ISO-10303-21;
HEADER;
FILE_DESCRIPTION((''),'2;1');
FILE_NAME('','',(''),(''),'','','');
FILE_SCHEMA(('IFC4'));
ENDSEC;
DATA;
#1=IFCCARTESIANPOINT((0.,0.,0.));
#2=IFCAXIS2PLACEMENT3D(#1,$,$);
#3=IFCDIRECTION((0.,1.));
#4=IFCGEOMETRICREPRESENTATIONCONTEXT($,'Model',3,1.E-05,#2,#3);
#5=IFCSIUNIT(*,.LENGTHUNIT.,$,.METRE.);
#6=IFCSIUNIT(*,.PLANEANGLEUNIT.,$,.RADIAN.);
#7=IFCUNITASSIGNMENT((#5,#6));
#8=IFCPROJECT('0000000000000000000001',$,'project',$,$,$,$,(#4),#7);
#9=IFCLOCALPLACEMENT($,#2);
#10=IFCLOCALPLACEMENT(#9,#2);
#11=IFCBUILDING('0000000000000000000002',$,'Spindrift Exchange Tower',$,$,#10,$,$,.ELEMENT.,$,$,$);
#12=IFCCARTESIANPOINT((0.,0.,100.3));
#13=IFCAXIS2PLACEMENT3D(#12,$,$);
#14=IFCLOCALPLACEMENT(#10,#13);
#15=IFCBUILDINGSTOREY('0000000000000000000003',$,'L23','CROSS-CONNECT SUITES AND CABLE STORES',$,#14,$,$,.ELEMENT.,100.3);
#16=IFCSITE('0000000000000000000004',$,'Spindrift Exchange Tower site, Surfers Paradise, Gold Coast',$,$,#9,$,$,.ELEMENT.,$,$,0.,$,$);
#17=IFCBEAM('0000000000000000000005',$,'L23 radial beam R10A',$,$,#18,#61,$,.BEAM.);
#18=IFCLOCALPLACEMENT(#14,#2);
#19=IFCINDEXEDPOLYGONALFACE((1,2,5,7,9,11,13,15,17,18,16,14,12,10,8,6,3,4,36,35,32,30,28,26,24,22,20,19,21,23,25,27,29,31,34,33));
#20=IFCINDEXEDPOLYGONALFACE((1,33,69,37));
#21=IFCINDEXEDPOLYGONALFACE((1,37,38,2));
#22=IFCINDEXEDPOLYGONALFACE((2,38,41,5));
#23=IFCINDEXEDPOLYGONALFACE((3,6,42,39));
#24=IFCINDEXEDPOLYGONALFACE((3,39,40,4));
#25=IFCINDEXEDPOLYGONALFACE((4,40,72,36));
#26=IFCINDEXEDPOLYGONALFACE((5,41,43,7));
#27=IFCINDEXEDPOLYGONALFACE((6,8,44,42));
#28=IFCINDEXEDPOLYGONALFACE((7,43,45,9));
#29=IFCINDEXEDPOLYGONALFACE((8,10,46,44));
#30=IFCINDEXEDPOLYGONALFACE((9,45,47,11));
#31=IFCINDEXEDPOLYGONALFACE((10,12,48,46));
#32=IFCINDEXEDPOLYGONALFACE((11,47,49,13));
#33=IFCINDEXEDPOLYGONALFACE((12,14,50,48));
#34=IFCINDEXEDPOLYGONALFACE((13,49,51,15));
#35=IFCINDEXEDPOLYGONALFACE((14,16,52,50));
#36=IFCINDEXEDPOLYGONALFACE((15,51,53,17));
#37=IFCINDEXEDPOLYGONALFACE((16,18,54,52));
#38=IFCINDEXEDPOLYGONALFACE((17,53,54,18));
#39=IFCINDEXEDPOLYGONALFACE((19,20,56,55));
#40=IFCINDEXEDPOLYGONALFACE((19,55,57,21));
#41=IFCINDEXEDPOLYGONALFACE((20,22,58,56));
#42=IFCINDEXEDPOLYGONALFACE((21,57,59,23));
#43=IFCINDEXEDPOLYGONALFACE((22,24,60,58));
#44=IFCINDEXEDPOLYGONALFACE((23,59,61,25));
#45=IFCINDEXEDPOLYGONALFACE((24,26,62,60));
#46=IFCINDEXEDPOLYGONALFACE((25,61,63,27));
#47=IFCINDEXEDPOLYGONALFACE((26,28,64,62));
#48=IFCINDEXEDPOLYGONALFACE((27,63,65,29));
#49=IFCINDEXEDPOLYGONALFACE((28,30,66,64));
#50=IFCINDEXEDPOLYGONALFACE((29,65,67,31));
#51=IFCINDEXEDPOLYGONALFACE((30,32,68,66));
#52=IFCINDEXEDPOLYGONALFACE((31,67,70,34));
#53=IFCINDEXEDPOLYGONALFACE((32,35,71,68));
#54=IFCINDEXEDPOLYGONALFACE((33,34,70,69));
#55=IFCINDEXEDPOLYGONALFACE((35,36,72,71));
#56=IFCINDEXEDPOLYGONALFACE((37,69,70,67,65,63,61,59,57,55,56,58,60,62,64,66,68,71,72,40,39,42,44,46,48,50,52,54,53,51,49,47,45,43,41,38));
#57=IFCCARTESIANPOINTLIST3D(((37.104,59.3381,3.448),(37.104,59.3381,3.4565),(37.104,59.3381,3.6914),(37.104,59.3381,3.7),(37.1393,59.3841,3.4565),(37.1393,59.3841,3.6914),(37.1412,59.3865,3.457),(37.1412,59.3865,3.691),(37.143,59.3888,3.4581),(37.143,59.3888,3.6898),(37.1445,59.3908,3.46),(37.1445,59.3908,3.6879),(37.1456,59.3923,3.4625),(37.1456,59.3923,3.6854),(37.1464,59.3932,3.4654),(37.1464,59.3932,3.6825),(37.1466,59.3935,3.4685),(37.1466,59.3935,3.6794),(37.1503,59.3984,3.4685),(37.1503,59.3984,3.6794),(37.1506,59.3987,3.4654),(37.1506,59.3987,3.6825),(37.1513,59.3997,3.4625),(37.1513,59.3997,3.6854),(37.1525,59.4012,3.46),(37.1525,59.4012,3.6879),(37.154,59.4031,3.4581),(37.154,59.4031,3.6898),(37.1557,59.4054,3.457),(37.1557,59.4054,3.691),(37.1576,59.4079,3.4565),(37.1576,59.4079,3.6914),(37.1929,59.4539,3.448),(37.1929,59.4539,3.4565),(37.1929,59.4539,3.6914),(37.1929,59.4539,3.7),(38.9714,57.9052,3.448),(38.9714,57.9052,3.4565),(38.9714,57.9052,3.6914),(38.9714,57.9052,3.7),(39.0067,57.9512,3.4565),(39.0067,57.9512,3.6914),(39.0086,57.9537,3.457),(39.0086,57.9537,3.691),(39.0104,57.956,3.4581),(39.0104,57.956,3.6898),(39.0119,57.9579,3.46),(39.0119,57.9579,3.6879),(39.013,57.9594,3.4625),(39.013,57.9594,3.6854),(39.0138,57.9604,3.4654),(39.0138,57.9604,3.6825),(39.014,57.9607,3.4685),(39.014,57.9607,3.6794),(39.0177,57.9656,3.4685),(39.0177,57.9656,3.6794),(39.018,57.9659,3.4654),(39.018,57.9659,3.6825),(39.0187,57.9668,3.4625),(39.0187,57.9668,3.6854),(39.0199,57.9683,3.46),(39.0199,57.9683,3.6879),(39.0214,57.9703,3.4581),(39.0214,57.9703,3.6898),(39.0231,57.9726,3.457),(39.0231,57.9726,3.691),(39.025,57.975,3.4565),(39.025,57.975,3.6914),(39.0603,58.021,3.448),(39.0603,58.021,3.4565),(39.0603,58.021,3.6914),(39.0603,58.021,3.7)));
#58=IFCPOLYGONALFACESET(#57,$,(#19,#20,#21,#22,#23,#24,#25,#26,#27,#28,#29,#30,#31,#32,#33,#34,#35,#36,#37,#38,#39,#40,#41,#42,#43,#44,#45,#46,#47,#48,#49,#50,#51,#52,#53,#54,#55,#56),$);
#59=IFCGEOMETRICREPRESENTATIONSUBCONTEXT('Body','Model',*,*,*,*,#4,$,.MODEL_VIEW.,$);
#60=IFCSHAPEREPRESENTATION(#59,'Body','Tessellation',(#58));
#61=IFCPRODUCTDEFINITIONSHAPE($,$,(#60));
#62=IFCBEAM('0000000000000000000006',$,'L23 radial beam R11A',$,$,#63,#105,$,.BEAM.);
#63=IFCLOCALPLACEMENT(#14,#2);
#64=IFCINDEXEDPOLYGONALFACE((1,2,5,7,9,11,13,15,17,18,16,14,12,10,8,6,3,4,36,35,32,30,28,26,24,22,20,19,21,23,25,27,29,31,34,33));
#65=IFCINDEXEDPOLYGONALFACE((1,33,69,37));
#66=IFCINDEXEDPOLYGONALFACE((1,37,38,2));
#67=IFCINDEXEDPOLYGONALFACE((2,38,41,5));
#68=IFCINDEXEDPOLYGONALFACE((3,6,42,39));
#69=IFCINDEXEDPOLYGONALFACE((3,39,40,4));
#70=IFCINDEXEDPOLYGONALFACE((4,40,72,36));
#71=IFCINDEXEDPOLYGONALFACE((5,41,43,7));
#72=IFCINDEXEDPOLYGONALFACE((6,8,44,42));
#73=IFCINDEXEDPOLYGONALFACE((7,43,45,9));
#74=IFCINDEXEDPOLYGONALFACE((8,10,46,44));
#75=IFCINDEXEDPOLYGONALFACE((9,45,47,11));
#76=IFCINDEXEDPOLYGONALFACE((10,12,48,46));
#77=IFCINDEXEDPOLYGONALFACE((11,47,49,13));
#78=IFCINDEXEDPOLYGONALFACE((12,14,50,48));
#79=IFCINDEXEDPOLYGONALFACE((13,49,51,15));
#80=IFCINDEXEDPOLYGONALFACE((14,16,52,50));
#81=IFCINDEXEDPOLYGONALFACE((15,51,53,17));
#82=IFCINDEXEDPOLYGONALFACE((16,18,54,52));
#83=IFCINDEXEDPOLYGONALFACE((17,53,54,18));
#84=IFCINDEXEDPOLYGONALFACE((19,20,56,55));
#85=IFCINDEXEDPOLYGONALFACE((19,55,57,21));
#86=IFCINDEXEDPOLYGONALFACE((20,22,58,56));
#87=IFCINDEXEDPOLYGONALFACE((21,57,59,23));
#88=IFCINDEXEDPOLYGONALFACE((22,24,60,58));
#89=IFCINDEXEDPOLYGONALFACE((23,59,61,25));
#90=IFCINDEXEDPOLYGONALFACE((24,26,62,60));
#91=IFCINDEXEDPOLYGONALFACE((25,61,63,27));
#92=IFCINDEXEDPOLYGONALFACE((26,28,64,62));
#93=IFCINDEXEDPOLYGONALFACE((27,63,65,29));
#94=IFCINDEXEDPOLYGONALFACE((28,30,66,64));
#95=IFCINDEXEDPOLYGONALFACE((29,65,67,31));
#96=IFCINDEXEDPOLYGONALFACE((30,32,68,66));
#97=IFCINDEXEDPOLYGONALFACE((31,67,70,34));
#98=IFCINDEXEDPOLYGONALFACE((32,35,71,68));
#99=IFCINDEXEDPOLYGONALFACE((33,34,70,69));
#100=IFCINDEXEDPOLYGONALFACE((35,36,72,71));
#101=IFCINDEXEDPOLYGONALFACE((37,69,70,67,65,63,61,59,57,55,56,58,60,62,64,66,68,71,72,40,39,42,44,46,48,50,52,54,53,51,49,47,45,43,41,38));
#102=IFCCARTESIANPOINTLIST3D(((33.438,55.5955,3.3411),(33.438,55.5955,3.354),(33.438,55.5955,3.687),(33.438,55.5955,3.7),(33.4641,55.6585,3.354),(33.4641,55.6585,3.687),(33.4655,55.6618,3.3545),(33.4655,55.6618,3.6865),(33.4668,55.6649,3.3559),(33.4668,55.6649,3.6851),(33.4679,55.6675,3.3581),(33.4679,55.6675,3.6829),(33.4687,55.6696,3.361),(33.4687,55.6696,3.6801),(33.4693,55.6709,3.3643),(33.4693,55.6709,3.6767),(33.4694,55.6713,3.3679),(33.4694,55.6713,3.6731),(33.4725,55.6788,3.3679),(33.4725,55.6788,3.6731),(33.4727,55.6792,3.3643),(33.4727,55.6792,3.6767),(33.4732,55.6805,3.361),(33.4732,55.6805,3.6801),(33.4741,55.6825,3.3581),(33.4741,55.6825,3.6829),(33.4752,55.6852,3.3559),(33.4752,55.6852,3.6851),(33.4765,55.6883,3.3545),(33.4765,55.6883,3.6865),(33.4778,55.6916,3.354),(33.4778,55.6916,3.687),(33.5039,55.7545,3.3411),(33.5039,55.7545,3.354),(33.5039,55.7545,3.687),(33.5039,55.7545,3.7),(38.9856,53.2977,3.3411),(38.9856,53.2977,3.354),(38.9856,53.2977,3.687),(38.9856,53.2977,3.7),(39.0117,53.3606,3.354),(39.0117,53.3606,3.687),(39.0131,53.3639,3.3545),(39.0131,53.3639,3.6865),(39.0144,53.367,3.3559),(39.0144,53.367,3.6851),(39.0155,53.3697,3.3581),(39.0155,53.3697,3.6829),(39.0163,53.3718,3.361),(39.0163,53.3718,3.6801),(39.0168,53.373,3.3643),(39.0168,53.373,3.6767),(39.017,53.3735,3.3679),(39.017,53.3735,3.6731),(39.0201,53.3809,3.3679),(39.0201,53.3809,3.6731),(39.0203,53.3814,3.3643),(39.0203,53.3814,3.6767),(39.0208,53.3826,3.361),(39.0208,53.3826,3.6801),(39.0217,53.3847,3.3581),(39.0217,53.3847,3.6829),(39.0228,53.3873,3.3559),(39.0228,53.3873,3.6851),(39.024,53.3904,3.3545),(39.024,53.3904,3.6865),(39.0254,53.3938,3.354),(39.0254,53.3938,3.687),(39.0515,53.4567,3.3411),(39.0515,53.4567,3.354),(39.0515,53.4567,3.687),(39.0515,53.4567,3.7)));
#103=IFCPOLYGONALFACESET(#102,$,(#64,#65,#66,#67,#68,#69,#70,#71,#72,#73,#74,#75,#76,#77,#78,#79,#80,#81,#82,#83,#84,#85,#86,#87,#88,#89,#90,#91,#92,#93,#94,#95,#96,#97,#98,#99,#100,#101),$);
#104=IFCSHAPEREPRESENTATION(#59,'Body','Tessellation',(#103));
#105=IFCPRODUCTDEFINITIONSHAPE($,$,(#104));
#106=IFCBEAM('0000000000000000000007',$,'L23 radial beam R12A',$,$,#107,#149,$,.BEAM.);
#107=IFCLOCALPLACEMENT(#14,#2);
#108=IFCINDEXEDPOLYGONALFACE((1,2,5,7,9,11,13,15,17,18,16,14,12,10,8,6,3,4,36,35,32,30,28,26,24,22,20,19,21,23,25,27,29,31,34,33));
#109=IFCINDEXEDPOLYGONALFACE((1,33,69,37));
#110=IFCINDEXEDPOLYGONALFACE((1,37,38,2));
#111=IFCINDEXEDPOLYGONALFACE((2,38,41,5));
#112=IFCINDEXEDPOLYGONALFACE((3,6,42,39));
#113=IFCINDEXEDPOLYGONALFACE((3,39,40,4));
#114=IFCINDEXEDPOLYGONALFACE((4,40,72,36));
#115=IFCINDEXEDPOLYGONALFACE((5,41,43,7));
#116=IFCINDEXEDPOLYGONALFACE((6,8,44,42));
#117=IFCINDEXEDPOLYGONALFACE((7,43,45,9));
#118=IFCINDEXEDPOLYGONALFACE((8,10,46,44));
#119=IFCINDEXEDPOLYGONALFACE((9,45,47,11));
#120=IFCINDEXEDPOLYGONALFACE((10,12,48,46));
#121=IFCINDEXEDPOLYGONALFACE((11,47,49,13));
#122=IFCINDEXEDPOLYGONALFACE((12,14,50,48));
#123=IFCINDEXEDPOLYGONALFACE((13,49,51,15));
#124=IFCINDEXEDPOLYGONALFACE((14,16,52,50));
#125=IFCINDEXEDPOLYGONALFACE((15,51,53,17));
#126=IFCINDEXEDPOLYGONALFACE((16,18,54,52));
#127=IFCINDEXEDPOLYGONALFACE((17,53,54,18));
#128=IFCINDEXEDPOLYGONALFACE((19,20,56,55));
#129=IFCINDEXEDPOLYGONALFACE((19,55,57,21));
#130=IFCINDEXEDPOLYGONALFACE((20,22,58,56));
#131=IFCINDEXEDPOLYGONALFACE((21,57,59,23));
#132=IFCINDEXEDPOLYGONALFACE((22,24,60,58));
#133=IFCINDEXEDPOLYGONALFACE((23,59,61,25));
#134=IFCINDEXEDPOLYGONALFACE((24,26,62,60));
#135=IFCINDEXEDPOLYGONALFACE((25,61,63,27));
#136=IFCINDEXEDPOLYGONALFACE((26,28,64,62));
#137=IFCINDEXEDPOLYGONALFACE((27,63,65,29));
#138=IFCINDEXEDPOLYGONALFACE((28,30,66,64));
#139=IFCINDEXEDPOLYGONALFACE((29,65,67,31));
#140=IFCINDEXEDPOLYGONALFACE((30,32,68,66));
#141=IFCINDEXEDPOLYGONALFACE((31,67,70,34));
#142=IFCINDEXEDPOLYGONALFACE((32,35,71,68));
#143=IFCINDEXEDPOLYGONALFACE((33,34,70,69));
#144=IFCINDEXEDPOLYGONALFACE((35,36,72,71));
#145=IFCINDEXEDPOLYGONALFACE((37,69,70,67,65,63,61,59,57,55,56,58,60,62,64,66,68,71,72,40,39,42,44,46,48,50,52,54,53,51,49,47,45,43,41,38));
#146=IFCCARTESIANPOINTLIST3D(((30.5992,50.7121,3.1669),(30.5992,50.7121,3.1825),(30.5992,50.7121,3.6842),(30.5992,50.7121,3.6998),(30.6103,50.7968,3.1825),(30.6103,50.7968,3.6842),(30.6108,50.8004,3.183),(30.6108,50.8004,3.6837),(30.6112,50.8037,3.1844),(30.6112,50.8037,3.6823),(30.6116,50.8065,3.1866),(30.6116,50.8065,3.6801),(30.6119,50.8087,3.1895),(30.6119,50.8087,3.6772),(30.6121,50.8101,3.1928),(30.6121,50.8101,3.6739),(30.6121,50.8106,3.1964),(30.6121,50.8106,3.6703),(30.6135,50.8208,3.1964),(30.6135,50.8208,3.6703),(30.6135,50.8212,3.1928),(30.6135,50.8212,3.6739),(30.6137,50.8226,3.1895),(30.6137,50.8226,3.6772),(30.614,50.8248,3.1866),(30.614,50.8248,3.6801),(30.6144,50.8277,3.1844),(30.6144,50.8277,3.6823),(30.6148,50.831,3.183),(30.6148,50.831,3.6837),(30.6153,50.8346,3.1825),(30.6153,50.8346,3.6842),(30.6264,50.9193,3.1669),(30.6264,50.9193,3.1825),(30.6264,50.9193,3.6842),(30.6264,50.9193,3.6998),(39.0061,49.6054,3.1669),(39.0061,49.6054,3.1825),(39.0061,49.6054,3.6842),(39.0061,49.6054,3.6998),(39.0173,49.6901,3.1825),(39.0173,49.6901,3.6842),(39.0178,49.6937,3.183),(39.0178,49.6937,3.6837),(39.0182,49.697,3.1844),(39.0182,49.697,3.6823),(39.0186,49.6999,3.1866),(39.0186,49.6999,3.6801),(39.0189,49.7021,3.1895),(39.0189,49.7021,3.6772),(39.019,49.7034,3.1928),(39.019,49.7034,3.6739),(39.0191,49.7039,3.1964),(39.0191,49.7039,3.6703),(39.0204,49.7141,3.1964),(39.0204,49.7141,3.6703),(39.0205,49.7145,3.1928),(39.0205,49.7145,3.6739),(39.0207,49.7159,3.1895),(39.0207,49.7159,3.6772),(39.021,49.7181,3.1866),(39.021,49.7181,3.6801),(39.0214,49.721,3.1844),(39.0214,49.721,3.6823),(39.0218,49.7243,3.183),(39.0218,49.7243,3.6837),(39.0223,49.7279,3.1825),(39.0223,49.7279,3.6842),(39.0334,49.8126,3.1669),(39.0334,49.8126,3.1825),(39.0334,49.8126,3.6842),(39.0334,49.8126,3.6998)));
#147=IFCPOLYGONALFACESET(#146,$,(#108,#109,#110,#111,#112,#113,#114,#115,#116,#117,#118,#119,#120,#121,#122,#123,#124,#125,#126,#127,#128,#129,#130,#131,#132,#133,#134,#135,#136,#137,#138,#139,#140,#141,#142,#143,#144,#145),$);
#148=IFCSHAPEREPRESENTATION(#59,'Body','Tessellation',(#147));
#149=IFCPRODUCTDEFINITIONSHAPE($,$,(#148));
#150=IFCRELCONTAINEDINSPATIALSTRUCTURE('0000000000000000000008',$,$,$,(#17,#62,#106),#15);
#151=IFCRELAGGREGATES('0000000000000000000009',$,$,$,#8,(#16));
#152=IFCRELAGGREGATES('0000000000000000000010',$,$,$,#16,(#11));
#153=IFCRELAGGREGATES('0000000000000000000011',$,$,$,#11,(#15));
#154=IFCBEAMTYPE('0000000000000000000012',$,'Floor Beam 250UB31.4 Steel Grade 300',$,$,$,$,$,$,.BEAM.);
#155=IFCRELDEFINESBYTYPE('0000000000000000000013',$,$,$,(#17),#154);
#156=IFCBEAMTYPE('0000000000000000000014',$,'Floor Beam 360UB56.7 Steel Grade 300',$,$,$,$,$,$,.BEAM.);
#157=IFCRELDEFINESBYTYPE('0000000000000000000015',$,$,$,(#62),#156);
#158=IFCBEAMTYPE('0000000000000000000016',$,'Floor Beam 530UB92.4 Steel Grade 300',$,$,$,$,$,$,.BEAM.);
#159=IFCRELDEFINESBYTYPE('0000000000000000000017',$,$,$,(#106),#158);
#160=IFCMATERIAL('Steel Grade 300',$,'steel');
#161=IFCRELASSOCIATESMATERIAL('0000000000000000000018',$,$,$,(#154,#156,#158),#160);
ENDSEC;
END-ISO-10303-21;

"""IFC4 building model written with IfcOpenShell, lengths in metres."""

from ifc_helpers import new_model, si_unit, direction, frame, origin, origin_2d, place, context, subcontext, project, spatial, i_section, extrude, source, transform, mapped, material, material_profile, profile_set, type_object, element, save


model = new_model("IFC4")

# Units and contexts
model_context = context("Model", 3, precision=1e-05, world=origin(), true_north=direction((0.0, 1.0)))
body_context = subcontext(model_context, "Body", "Model", "MODEL_VIEW")
ifc_project = project(units=[si_unit("LENGTHUNIT", "METRE"), si_unit("PLANEANGLEUNIT", "RADIAN")], contexts=[model_context])

# Site, building, storey
site_placement = place(None, origin())
site = spatial("IfcSite", under=ifc_project, at=site_placement, Name="Spindrift Exchange Tower site, Surfers Paradise, Gold Coast", CompositionType="ELEMENT", RefElevation=0.0)
building_placement = place(site_placement, origin())
building = spatial("IfcBuilding", under=site, at=building_placement, Name="Spindrift Exchange Tower", CompositionType="ELEMENT")
storey_placement = place(building_placement, frame((0.0, 0.0, 100.3)))
storey = spatial("IfcBuildingStorey", under=building, at=storey_placement, Name="L23", Description="CROSS-CONNECT SUITES AND CABLE STORES", CompositionType="ELEMENT", Elevation=100.3)

# Beams
ifc_material_1 = material(Name="Steel Grade 300", Category="steel")
ifc_material_profile_1 = material_profile(ifc_material_1, i_section(OverallWidth=0.146, OverallDepth=0.252, WebThickness=0.0061, FlangeThickness=0.0085, FilletRadius=0.012, at=origin_2d()), Name="250UB31.4")
ifc_profile_set_1 = profile_set([ifc_material_profile_1], Name="Steel Grade 300")
beam_type_1 = type_object("IfcBeamType", Name="Floor Beam 250UB31.4 Steel Grade 300", PredefinedType="BEAM", material=ifc_profile_set_1)
shared_shape_1 = source(origin(), body_context, "Body", "SweptSolid", [
    extrude(i_section(OverallWidth=0.146, OverallDepth=0.252, WebThickness=0.0061, FlangeThickness=0.0085, FilletRadius=0.012, at=origin_2d()), origin(), (0.0, 0.0, 1.0), 2.3538),
])
beam_1_placement = place(storey_placement, frame((39.0159, 57.9631, 3.574), z_axis=(-0.793368, 0.608743, 0.0), x_axis=(-0.608743, -0.793368, 0.0)))
element("IfcBeam", 1, at=beam_1_placement, inside=storey, type_object=beam_type_1, Name="L23 radial beam R10A", PredefinedType="BEAM", context=body_context, shape_type="MappedRepresentation", body=[
    mapped(shared_shape_1, transform((0.0, 0.0, 0.0), scale=1.0)),
])
ifc_material_profile_2 = material_profile(ifc_material_1, i_section(OverallWidth=0.1721, OverallDepth=0.3589, WebThickness=0.0081, FlangeThickness=0.0129, FilletRadius=0.0139, at=origin_2d()), Name="360UB56.7")
ifc_profile_set_2 = profile_set([ifc_material_profile_2], Name="Steel Grade 300")
beam_type_2 = type_object("IfcBeamType", Name="Floor Beam 360UB56.7 Steel Grade 300", PredefinedType="BEAM", material=ifc_profile_set_2)
shared_shape_2 = source(origin(), body_context, "Body", "SweptSolid", [
    extrude(i_section(OverallWidth=0.1721, OverallDepth=0.3589, WebThickness=0.0081, FlangeThickness=0.0129, FilletRadius=0.0139, at=origin_2d()), origin(), (0.0, 0.0, 1.0), 6.0046),
])
beam_2_placement = place(storey_placement, frame((39.0186, 53.3772, 3.5205), z_axis=(-0.923882, 0.382677, 0.0), x_axis=(-0.382677, -0.923882, 0.0)))
element("IfcBeam", 2, at=beam_2_placement, inside=storey, type_object=beam_type_2, Name="L23 radial beam R11A", PredefinedType="BEAM", context=body_context, shape_type="MappedRepresentation", body=[
    mapped(shared_shape_2, transform((0.0, 0.0, 0.0), scale=1.0)),
])
ifc_material_profile_3 = material_profile(ifc_material_1, i_section(OverallWidth=0.209, OverallDepth=0.533, WebThickness=0.0103, FlangeThickness=0.0156, FilletRadius=0.0139, at=origin_2d()), Name="530UB92.4")
ifc_profile_set_3 = profile_set([ifc_material_profile_3], Name="Steel Grade 300")
beam_type_3 = type_object("IfcBeamType", Name="Floor Beam 530UB92.4 Steel Grade 300", PredefinedType="BEAM", material=ifc_profile_set_3)
shared_shape_3 = source(origin(), body_context, "Body", "SweptSolid", [
    extrude(i_section(OverallWidth=0.209, OverallDepth=0.533, WebThickness=0.0103, FlangeThickness=0.0156, FilletRadius=0.0139, at=origin_2d()), origin(), (0.0, 0.0, 1.0), 8.4795),
])
beam_3_placement = place(storey_placement, frame((39.0198, 49.709, 3.4333), z_axis=(-0.991447, 0.130513, 0.0), x_axis=(-0.130513, -0.991447, 0.0)))
element("IfcBeam", 3, at=beam_3_placement, inside=storey, type_object=beam_type_3, Name="L23 radial beam R12A", PredefinedType="BEAM", context=body_context, shape_type="MappedRepresentation", body=[
    mapped(shared_shape_3, transform((0.0, 0.0, 0.0), scale=1.0)),
])

save(model, "model.ifc")
